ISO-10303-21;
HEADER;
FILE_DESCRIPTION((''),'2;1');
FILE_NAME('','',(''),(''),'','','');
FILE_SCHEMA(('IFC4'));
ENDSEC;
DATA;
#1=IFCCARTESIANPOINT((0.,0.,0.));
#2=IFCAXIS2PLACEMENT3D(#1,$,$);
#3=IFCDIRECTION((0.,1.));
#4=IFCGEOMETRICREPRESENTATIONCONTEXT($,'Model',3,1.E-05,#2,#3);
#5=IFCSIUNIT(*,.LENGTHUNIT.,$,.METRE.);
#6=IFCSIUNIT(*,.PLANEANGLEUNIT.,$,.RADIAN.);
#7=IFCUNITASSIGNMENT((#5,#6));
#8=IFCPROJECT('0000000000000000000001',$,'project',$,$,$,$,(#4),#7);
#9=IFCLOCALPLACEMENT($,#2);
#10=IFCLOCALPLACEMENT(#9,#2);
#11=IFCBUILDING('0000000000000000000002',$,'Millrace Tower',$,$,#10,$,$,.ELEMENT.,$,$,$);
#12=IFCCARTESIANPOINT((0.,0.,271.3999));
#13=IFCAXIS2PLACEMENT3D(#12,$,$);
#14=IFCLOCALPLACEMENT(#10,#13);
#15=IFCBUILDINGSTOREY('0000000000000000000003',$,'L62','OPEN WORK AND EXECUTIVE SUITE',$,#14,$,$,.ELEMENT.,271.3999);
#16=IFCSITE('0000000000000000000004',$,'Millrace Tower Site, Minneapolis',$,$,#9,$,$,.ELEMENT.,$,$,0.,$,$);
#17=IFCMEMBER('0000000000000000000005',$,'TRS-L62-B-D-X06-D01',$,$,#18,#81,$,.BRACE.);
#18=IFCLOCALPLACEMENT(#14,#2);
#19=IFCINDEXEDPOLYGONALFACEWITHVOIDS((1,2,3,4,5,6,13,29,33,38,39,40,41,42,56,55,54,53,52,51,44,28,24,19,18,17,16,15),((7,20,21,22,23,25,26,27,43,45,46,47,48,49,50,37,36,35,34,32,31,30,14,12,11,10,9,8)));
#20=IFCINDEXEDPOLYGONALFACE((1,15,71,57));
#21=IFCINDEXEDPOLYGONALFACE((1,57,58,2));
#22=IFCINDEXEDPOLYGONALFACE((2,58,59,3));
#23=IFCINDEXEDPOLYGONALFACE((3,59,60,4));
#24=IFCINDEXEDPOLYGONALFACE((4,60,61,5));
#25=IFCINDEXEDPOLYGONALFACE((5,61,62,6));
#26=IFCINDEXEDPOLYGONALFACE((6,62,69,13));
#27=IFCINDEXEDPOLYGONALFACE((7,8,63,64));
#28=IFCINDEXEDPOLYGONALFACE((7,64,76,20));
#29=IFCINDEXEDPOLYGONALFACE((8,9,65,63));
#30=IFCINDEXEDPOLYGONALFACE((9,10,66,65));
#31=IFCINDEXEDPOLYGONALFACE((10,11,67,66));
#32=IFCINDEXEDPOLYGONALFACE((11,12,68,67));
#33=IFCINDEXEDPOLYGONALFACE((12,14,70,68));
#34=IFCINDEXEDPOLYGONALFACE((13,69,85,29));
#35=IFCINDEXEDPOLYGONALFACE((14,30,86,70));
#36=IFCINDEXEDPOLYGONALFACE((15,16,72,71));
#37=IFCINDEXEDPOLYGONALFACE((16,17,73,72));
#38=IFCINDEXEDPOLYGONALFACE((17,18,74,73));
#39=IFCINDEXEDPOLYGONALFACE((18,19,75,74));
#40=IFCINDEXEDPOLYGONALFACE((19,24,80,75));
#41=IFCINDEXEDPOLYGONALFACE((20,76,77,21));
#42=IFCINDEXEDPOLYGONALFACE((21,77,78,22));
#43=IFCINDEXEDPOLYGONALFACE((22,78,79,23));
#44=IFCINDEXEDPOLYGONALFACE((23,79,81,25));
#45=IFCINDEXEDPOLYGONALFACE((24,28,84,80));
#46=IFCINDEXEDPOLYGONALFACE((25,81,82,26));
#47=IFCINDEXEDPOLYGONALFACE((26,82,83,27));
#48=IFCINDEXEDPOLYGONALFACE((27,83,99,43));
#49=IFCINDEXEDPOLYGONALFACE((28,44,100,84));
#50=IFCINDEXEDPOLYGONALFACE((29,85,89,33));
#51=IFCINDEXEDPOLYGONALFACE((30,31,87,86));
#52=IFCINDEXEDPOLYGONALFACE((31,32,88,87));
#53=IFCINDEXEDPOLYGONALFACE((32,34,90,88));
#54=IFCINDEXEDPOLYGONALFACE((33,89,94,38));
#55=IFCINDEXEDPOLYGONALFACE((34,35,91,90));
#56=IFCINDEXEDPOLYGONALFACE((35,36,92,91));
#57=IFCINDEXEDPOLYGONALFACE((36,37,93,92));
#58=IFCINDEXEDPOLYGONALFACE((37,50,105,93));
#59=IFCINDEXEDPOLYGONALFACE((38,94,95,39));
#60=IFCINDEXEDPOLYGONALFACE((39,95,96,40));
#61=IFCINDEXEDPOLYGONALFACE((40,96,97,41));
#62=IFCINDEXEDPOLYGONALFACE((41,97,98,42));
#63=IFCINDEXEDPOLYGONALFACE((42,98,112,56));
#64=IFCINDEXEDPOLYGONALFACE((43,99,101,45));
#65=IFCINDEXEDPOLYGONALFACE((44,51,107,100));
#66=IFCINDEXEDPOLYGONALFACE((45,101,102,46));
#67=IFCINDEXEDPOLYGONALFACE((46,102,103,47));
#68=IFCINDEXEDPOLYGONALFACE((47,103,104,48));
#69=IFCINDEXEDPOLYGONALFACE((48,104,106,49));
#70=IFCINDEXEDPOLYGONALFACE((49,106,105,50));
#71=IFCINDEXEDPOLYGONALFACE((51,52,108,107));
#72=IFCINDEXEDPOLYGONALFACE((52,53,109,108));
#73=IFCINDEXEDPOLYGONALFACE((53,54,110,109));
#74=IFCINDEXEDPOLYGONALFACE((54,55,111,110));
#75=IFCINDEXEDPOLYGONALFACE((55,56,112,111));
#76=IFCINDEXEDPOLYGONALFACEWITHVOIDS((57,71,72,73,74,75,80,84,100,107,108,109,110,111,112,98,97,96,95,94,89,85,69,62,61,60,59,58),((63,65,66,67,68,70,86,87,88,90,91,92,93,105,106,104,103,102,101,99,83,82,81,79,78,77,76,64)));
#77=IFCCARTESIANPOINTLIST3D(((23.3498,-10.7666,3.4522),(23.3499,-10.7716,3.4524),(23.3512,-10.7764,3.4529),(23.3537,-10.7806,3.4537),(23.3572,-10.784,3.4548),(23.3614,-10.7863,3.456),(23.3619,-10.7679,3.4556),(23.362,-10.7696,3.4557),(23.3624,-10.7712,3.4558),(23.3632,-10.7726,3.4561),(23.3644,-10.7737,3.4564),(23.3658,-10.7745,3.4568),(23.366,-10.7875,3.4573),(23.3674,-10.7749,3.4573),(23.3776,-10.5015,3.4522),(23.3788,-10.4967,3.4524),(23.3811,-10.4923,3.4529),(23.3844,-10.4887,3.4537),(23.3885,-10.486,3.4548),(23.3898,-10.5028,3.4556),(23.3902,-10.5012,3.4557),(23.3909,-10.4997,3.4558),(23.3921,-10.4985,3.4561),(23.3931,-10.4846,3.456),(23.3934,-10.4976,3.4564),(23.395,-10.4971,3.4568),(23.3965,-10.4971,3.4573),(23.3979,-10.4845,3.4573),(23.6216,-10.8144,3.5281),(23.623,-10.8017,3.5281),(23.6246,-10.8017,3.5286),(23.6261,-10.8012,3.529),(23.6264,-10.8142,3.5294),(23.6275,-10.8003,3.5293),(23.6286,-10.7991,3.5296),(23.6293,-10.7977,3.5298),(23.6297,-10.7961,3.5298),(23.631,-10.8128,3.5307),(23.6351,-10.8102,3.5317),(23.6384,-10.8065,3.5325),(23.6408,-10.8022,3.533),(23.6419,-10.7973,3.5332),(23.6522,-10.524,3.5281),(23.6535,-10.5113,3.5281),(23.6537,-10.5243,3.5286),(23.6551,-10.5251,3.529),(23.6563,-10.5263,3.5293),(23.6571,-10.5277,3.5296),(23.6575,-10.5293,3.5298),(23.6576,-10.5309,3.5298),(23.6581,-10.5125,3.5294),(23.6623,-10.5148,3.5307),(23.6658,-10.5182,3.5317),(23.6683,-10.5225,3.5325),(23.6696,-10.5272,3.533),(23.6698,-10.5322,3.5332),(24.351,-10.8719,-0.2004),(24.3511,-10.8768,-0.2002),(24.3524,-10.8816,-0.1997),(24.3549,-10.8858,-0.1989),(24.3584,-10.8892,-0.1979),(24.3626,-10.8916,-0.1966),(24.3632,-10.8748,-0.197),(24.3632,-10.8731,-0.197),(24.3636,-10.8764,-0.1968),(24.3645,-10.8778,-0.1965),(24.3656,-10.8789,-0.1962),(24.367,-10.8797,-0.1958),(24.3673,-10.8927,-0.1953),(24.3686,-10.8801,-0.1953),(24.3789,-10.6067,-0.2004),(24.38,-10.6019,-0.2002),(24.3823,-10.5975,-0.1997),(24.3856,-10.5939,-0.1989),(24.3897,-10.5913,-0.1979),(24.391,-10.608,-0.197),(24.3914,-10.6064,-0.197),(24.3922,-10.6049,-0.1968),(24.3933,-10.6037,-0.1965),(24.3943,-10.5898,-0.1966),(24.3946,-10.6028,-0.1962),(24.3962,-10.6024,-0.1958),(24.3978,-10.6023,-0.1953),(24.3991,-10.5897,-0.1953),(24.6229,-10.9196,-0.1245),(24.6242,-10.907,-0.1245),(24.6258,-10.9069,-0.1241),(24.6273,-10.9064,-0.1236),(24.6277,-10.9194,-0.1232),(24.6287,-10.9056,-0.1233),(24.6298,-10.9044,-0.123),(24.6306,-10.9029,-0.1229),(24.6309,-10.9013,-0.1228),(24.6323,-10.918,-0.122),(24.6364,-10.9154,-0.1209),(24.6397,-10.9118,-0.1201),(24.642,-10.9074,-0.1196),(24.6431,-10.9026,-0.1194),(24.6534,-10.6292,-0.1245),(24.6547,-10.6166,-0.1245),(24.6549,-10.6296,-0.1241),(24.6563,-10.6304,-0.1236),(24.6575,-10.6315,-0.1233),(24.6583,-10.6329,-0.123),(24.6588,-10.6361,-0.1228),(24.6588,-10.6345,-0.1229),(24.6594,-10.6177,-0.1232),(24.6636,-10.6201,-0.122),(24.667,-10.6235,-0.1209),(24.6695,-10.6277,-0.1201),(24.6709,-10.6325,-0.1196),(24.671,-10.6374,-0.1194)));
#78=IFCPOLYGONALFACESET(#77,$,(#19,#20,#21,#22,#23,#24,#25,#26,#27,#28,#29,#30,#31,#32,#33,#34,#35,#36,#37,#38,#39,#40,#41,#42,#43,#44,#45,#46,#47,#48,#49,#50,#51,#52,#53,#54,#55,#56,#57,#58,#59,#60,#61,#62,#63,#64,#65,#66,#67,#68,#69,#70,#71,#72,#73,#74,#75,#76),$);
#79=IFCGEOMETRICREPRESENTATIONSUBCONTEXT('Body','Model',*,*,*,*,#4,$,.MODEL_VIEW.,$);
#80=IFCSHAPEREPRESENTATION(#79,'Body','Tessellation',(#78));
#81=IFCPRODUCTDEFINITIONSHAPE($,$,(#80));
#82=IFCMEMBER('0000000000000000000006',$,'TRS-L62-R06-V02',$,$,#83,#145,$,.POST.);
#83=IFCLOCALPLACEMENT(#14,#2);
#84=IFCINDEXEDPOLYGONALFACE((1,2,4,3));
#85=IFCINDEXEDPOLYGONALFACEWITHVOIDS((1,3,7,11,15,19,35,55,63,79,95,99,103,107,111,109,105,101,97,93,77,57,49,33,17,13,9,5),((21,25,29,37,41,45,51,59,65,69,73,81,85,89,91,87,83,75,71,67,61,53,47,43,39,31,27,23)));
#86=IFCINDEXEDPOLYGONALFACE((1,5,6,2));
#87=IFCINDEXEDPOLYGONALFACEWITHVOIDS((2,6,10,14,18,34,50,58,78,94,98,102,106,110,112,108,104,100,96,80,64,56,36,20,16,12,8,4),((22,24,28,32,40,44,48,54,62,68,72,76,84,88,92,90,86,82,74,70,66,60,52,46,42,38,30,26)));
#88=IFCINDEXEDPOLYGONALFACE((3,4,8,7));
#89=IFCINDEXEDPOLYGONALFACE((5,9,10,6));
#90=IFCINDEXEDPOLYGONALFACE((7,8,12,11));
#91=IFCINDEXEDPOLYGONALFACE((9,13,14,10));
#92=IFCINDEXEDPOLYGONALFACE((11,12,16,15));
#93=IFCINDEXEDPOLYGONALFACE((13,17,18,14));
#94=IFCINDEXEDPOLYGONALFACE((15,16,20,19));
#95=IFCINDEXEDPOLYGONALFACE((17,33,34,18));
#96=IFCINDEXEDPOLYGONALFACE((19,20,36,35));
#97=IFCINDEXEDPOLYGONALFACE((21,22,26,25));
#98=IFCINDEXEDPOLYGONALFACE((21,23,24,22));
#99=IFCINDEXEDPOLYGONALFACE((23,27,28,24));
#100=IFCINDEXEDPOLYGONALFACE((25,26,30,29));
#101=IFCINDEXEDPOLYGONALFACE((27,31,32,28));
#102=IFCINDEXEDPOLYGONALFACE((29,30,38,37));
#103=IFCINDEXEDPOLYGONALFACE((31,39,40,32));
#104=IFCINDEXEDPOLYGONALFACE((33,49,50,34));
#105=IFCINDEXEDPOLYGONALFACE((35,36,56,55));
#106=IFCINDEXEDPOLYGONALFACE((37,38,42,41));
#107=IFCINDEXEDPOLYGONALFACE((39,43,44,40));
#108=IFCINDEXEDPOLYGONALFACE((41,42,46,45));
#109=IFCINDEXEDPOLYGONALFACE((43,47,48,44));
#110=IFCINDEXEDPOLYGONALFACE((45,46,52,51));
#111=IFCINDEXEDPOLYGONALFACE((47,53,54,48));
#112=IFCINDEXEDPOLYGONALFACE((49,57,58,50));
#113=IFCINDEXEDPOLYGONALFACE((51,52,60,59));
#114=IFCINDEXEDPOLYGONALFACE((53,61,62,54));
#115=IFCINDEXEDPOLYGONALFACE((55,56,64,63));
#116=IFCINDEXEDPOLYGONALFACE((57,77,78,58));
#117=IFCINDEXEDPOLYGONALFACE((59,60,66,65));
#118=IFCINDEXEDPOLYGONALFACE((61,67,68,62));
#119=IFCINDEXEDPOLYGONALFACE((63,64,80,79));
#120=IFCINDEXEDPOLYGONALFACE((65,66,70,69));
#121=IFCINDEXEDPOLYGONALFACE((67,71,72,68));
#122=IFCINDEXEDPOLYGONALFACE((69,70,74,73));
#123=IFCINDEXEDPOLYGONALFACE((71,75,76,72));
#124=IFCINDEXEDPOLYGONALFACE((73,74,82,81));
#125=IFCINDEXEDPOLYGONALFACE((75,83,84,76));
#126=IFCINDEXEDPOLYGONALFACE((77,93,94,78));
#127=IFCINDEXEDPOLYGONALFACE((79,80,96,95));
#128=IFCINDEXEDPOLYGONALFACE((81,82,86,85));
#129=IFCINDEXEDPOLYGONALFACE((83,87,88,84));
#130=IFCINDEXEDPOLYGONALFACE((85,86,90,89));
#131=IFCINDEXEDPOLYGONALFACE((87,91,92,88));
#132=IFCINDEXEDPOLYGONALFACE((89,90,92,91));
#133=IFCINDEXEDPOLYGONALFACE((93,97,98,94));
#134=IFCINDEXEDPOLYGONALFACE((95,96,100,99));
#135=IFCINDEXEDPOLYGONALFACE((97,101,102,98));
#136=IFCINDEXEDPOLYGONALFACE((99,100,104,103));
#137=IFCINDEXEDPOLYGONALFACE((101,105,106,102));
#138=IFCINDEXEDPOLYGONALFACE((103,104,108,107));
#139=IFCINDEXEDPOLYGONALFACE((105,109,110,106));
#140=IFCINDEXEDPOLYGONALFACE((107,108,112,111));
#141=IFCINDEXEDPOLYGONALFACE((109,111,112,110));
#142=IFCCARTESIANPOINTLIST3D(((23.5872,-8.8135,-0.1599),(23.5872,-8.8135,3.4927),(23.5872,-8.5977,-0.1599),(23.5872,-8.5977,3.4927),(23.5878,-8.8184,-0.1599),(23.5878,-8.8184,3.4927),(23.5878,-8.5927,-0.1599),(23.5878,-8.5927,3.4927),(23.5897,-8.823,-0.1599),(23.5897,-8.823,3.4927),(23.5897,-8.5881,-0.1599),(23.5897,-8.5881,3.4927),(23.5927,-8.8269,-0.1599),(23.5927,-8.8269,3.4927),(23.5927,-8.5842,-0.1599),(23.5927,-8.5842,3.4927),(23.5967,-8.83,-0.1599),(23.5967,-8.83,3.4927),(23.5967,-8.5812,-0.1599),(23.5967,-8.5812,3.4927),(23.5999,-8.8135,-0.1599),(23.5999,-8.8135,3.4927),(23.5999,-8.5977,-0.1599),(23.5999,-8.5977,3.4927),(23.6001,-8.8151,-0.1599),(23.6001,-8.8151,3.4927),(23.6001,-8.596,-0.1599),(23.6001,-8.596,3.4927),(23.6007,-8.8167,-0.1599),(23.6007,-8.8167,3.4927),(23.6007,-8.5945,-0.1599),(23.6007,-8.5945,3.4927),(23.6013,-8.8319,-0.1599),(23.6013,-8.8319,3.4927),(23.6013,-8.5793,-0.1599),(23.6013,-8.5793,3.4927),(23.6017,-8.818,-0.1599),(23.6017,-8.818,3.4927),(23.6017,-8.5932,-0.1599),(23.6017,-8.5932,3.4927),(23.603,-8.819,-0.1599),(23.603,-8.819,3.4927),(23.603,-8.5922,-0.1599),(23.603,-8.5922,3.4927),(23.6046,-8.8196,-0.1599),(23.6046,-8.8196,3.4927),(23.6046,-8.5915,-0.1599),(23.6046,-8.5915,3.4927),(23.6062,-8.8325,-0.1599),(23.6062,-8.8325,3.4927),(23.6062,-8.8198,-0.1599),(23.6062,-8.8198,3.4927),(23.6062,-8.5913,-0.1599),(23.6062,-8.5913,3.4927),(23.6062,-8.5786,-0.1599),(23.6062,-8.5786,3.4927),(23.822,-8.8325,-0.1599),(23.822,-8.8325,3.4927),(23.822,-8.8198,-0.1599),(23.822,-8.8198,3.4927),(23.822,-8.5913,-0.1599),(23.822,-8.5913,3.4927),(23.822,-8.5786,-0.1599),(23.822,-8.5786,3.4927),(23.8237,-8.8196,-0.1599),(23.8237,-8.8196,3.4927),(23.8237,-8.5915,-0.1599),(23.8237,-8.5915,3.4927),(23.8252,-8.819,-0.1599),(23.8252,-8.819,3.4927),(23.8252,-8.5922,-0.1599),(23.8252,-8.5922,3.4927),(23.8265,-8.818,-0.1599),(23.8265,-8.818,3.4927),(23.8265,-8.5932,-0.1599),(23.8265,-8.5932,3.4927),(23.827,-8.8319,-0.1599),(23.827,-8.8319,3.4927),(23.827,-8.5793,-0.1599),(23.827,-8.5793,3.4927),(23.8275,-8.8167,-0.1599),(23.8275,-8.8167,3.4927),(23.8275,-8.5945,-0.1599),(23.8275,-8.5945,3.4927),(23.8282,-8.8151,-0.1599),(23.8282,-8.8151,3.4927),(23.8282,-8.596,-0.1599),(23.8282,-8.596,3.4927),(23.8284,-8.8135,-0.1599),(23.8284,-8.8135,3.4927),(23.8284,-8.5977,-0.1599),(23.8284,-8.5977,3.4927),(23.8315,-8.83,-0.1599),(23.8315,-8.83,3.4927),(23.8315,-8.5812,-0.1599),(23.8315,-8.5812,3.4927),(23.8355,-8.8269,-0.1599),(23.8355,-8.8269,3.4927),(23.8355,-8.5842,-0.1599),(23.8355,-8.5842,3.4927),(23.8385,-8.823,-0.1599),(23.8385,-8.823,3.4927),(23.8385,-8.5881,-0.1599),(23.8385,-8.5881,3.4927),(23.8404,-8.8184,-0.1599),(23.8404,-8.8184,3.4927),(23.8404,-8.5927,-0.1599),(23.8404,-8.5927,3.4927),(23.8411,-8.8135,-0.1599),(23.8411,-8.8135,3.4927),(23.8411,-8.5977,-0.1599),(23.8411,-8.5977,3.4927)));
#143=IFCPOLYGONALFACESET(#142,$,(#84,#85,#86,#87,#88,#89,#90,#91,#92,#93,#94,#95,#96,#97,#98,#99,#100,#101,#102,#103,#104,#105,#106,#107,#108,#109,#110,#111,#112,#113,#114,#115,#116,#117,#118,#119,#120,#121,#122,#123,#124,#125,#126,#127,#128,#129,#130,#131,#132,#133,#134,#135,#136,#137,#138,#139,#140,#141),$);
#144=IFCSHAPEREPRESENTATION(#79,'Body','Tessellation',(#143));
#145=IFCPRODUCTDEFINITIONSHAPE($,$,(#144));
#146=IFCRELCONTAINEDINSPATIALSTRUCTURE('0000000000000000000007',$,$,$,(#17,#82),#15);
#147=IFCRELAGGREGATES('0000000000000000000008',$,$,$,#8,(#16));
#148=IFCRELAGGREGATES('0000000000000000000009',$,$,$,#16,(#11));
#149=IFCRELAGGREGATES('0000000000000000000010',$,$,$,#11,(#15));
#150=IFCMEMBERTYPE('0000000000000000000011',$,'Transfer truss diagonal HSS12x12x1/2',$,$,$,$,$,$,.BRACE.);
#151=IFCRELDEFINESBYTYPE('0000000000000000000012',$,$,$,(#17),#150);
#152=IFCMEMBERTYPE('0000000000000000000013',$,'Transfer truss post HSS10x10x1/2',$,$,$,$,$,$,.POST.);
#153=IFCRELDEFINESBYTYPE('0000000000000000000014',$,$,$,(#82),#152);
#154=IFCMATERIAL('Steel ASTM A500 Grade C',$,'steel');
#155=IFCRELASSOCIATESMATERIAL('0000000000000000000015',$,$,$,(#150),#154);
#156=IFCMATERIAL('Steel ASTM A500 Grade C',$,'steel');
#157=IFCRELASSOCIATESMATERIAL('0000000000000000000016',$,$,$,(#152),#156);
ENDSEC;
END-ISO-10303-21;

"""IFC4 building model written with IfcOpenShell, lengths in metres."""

from ifc_helpers import new_model, si_unit, direction, frame, origin, origin_2d, place, context, subcontext, project, spatial, hollow_rectangle, extrude, material, material_profile, profile_set, type_object, element, save


model = new_model("IFC4")

# Units and contexts
model_context = context("Model", 3, precision=1e-05, world=origin(), true_north=direction((0.0, 1.0)))
body_context = subcontext(model_context, "Body", "Model", "MODEL_VIEW")
ifc_project = project(units=[si_unit("LENGTHUNIT", "METRE"), si_unit("PLANEANGLEUNIT", "RADIAN")], contexts=[model_context])

# Site, building, storey
site_placement = place(None, origin())
site = spatial("IfcSite", under=ifc_project, at=site_placement, Name="Millrace Tower Site, Minneapolis", CompositionType="ELEMENT", RefElevation=0.0)
building_placement = place(site_placement, origin())
building = spatial("IfcBuilding", under=site, at=building_placement, Name="Millrace Tower", CompositionType="ELEMENT")
storey_placement = place(building_placement, frame((0.0, 0.0, 271.3999)))
storey = spatial("IfcBuildingStorey", under=building, at=storey_placement, Name="L62", Description="OPEN WORK AND EXECUTIVE SUITE", CompositionType="ELEMENT", Elevation=271.3999)

# Members
ifc_material_1 = material(Name="Steel ASTM A500 Grade C", Category="steel")
ifc_material_profile_1 = material_profile(ifc_material_1, hollow_rectangle(XDim=0.3047, YDim=0.3047, WallThickness=0.0127, InnerFilletRadius=0.0063, OuterFilletRadius=0.019, at=origin_2d()))
ifc_profile_set_1 = profile_set([ifc_material_profile_1], Name="Steel ASTM A500 Grade C")
member_type_1 = type_object("IfcMemberType", Name="Transfer truss diagonal HSS12x12x1/2", PredefinedType="BRACE", material=ifc_profile_set_1)
member_1_placement = place(storey_placement, frame((24.511, -10.7546, -0.1599), z_axis=(-0.264259, 0.027773, 0.964052), x_axis=(-0.104521, -0.994523, 0.0)))
element("IfcMember", 1, at=member_1_placement, inside=storey, type_object=member_type_1, Name="TRS-L62-B-D-X06-D01", PredefinedType="BRACE", context=body_context, shape_type="SweptSolid", body=[
    extrude(hollow_rectangle(XDim=0.3047, YDim=0.3047, WallThickness=0.0127, InnerFilletRadius=0.0063, OuterFilletRadius=0.019, at=origin_2d()), origin(), (0.0, 0.0, 1.0), 3.7888),
])
ifc_material_2 = material(Name="Steel ASTM A500 Grade C", Category="steel")
ifc_material_profile_2 = material_profile(ifc_material_2, hollow_rectangle(XDim=0.2539, YDim=0.2539, WallThickness=0.0127, InnerFilletRadius=0.0063, OuterFilletRadius=0.019, at=origin_2d()))
ifc_profile_set_2 = profile_set([ifc_material_profile_2], Name="Steel ASTM A500 Grade C")
member_type_2 = type_object("IfcMemberType", Name="Transfer truss post HSS10x10x1/2", PredefinedType="POST", material=ifc_profile_set_2)
for number, where, z_axis, x_axis, name in (
    (2, (23.7141, -8.7056, -0.1599), (0.0, 0.0, 1.0), (1.0, 0.0, 0.0), "TRS-L62-R06-V02"),
):
    element("IfcMember", number, at=place(storey_placement, frame(where, z_axis=z_axis, x_axis=x_axis)), inside=storey, type_object=member_type_2, Name=name, PredefinedType="POST", context=body_context, shape_type="SweptSolid", body=[
        extrude(hollow_rectangle(XDim=0.2539, YDim=0.2539, WallThickness=0.0127, InnerFilletRadius=0.0063, OuterFilletRadius=0.019, at=origin_2d()), origin(), (0.0, 0.0, 1.0), 3.6526),
    ])

save(model, "model.ifc")
